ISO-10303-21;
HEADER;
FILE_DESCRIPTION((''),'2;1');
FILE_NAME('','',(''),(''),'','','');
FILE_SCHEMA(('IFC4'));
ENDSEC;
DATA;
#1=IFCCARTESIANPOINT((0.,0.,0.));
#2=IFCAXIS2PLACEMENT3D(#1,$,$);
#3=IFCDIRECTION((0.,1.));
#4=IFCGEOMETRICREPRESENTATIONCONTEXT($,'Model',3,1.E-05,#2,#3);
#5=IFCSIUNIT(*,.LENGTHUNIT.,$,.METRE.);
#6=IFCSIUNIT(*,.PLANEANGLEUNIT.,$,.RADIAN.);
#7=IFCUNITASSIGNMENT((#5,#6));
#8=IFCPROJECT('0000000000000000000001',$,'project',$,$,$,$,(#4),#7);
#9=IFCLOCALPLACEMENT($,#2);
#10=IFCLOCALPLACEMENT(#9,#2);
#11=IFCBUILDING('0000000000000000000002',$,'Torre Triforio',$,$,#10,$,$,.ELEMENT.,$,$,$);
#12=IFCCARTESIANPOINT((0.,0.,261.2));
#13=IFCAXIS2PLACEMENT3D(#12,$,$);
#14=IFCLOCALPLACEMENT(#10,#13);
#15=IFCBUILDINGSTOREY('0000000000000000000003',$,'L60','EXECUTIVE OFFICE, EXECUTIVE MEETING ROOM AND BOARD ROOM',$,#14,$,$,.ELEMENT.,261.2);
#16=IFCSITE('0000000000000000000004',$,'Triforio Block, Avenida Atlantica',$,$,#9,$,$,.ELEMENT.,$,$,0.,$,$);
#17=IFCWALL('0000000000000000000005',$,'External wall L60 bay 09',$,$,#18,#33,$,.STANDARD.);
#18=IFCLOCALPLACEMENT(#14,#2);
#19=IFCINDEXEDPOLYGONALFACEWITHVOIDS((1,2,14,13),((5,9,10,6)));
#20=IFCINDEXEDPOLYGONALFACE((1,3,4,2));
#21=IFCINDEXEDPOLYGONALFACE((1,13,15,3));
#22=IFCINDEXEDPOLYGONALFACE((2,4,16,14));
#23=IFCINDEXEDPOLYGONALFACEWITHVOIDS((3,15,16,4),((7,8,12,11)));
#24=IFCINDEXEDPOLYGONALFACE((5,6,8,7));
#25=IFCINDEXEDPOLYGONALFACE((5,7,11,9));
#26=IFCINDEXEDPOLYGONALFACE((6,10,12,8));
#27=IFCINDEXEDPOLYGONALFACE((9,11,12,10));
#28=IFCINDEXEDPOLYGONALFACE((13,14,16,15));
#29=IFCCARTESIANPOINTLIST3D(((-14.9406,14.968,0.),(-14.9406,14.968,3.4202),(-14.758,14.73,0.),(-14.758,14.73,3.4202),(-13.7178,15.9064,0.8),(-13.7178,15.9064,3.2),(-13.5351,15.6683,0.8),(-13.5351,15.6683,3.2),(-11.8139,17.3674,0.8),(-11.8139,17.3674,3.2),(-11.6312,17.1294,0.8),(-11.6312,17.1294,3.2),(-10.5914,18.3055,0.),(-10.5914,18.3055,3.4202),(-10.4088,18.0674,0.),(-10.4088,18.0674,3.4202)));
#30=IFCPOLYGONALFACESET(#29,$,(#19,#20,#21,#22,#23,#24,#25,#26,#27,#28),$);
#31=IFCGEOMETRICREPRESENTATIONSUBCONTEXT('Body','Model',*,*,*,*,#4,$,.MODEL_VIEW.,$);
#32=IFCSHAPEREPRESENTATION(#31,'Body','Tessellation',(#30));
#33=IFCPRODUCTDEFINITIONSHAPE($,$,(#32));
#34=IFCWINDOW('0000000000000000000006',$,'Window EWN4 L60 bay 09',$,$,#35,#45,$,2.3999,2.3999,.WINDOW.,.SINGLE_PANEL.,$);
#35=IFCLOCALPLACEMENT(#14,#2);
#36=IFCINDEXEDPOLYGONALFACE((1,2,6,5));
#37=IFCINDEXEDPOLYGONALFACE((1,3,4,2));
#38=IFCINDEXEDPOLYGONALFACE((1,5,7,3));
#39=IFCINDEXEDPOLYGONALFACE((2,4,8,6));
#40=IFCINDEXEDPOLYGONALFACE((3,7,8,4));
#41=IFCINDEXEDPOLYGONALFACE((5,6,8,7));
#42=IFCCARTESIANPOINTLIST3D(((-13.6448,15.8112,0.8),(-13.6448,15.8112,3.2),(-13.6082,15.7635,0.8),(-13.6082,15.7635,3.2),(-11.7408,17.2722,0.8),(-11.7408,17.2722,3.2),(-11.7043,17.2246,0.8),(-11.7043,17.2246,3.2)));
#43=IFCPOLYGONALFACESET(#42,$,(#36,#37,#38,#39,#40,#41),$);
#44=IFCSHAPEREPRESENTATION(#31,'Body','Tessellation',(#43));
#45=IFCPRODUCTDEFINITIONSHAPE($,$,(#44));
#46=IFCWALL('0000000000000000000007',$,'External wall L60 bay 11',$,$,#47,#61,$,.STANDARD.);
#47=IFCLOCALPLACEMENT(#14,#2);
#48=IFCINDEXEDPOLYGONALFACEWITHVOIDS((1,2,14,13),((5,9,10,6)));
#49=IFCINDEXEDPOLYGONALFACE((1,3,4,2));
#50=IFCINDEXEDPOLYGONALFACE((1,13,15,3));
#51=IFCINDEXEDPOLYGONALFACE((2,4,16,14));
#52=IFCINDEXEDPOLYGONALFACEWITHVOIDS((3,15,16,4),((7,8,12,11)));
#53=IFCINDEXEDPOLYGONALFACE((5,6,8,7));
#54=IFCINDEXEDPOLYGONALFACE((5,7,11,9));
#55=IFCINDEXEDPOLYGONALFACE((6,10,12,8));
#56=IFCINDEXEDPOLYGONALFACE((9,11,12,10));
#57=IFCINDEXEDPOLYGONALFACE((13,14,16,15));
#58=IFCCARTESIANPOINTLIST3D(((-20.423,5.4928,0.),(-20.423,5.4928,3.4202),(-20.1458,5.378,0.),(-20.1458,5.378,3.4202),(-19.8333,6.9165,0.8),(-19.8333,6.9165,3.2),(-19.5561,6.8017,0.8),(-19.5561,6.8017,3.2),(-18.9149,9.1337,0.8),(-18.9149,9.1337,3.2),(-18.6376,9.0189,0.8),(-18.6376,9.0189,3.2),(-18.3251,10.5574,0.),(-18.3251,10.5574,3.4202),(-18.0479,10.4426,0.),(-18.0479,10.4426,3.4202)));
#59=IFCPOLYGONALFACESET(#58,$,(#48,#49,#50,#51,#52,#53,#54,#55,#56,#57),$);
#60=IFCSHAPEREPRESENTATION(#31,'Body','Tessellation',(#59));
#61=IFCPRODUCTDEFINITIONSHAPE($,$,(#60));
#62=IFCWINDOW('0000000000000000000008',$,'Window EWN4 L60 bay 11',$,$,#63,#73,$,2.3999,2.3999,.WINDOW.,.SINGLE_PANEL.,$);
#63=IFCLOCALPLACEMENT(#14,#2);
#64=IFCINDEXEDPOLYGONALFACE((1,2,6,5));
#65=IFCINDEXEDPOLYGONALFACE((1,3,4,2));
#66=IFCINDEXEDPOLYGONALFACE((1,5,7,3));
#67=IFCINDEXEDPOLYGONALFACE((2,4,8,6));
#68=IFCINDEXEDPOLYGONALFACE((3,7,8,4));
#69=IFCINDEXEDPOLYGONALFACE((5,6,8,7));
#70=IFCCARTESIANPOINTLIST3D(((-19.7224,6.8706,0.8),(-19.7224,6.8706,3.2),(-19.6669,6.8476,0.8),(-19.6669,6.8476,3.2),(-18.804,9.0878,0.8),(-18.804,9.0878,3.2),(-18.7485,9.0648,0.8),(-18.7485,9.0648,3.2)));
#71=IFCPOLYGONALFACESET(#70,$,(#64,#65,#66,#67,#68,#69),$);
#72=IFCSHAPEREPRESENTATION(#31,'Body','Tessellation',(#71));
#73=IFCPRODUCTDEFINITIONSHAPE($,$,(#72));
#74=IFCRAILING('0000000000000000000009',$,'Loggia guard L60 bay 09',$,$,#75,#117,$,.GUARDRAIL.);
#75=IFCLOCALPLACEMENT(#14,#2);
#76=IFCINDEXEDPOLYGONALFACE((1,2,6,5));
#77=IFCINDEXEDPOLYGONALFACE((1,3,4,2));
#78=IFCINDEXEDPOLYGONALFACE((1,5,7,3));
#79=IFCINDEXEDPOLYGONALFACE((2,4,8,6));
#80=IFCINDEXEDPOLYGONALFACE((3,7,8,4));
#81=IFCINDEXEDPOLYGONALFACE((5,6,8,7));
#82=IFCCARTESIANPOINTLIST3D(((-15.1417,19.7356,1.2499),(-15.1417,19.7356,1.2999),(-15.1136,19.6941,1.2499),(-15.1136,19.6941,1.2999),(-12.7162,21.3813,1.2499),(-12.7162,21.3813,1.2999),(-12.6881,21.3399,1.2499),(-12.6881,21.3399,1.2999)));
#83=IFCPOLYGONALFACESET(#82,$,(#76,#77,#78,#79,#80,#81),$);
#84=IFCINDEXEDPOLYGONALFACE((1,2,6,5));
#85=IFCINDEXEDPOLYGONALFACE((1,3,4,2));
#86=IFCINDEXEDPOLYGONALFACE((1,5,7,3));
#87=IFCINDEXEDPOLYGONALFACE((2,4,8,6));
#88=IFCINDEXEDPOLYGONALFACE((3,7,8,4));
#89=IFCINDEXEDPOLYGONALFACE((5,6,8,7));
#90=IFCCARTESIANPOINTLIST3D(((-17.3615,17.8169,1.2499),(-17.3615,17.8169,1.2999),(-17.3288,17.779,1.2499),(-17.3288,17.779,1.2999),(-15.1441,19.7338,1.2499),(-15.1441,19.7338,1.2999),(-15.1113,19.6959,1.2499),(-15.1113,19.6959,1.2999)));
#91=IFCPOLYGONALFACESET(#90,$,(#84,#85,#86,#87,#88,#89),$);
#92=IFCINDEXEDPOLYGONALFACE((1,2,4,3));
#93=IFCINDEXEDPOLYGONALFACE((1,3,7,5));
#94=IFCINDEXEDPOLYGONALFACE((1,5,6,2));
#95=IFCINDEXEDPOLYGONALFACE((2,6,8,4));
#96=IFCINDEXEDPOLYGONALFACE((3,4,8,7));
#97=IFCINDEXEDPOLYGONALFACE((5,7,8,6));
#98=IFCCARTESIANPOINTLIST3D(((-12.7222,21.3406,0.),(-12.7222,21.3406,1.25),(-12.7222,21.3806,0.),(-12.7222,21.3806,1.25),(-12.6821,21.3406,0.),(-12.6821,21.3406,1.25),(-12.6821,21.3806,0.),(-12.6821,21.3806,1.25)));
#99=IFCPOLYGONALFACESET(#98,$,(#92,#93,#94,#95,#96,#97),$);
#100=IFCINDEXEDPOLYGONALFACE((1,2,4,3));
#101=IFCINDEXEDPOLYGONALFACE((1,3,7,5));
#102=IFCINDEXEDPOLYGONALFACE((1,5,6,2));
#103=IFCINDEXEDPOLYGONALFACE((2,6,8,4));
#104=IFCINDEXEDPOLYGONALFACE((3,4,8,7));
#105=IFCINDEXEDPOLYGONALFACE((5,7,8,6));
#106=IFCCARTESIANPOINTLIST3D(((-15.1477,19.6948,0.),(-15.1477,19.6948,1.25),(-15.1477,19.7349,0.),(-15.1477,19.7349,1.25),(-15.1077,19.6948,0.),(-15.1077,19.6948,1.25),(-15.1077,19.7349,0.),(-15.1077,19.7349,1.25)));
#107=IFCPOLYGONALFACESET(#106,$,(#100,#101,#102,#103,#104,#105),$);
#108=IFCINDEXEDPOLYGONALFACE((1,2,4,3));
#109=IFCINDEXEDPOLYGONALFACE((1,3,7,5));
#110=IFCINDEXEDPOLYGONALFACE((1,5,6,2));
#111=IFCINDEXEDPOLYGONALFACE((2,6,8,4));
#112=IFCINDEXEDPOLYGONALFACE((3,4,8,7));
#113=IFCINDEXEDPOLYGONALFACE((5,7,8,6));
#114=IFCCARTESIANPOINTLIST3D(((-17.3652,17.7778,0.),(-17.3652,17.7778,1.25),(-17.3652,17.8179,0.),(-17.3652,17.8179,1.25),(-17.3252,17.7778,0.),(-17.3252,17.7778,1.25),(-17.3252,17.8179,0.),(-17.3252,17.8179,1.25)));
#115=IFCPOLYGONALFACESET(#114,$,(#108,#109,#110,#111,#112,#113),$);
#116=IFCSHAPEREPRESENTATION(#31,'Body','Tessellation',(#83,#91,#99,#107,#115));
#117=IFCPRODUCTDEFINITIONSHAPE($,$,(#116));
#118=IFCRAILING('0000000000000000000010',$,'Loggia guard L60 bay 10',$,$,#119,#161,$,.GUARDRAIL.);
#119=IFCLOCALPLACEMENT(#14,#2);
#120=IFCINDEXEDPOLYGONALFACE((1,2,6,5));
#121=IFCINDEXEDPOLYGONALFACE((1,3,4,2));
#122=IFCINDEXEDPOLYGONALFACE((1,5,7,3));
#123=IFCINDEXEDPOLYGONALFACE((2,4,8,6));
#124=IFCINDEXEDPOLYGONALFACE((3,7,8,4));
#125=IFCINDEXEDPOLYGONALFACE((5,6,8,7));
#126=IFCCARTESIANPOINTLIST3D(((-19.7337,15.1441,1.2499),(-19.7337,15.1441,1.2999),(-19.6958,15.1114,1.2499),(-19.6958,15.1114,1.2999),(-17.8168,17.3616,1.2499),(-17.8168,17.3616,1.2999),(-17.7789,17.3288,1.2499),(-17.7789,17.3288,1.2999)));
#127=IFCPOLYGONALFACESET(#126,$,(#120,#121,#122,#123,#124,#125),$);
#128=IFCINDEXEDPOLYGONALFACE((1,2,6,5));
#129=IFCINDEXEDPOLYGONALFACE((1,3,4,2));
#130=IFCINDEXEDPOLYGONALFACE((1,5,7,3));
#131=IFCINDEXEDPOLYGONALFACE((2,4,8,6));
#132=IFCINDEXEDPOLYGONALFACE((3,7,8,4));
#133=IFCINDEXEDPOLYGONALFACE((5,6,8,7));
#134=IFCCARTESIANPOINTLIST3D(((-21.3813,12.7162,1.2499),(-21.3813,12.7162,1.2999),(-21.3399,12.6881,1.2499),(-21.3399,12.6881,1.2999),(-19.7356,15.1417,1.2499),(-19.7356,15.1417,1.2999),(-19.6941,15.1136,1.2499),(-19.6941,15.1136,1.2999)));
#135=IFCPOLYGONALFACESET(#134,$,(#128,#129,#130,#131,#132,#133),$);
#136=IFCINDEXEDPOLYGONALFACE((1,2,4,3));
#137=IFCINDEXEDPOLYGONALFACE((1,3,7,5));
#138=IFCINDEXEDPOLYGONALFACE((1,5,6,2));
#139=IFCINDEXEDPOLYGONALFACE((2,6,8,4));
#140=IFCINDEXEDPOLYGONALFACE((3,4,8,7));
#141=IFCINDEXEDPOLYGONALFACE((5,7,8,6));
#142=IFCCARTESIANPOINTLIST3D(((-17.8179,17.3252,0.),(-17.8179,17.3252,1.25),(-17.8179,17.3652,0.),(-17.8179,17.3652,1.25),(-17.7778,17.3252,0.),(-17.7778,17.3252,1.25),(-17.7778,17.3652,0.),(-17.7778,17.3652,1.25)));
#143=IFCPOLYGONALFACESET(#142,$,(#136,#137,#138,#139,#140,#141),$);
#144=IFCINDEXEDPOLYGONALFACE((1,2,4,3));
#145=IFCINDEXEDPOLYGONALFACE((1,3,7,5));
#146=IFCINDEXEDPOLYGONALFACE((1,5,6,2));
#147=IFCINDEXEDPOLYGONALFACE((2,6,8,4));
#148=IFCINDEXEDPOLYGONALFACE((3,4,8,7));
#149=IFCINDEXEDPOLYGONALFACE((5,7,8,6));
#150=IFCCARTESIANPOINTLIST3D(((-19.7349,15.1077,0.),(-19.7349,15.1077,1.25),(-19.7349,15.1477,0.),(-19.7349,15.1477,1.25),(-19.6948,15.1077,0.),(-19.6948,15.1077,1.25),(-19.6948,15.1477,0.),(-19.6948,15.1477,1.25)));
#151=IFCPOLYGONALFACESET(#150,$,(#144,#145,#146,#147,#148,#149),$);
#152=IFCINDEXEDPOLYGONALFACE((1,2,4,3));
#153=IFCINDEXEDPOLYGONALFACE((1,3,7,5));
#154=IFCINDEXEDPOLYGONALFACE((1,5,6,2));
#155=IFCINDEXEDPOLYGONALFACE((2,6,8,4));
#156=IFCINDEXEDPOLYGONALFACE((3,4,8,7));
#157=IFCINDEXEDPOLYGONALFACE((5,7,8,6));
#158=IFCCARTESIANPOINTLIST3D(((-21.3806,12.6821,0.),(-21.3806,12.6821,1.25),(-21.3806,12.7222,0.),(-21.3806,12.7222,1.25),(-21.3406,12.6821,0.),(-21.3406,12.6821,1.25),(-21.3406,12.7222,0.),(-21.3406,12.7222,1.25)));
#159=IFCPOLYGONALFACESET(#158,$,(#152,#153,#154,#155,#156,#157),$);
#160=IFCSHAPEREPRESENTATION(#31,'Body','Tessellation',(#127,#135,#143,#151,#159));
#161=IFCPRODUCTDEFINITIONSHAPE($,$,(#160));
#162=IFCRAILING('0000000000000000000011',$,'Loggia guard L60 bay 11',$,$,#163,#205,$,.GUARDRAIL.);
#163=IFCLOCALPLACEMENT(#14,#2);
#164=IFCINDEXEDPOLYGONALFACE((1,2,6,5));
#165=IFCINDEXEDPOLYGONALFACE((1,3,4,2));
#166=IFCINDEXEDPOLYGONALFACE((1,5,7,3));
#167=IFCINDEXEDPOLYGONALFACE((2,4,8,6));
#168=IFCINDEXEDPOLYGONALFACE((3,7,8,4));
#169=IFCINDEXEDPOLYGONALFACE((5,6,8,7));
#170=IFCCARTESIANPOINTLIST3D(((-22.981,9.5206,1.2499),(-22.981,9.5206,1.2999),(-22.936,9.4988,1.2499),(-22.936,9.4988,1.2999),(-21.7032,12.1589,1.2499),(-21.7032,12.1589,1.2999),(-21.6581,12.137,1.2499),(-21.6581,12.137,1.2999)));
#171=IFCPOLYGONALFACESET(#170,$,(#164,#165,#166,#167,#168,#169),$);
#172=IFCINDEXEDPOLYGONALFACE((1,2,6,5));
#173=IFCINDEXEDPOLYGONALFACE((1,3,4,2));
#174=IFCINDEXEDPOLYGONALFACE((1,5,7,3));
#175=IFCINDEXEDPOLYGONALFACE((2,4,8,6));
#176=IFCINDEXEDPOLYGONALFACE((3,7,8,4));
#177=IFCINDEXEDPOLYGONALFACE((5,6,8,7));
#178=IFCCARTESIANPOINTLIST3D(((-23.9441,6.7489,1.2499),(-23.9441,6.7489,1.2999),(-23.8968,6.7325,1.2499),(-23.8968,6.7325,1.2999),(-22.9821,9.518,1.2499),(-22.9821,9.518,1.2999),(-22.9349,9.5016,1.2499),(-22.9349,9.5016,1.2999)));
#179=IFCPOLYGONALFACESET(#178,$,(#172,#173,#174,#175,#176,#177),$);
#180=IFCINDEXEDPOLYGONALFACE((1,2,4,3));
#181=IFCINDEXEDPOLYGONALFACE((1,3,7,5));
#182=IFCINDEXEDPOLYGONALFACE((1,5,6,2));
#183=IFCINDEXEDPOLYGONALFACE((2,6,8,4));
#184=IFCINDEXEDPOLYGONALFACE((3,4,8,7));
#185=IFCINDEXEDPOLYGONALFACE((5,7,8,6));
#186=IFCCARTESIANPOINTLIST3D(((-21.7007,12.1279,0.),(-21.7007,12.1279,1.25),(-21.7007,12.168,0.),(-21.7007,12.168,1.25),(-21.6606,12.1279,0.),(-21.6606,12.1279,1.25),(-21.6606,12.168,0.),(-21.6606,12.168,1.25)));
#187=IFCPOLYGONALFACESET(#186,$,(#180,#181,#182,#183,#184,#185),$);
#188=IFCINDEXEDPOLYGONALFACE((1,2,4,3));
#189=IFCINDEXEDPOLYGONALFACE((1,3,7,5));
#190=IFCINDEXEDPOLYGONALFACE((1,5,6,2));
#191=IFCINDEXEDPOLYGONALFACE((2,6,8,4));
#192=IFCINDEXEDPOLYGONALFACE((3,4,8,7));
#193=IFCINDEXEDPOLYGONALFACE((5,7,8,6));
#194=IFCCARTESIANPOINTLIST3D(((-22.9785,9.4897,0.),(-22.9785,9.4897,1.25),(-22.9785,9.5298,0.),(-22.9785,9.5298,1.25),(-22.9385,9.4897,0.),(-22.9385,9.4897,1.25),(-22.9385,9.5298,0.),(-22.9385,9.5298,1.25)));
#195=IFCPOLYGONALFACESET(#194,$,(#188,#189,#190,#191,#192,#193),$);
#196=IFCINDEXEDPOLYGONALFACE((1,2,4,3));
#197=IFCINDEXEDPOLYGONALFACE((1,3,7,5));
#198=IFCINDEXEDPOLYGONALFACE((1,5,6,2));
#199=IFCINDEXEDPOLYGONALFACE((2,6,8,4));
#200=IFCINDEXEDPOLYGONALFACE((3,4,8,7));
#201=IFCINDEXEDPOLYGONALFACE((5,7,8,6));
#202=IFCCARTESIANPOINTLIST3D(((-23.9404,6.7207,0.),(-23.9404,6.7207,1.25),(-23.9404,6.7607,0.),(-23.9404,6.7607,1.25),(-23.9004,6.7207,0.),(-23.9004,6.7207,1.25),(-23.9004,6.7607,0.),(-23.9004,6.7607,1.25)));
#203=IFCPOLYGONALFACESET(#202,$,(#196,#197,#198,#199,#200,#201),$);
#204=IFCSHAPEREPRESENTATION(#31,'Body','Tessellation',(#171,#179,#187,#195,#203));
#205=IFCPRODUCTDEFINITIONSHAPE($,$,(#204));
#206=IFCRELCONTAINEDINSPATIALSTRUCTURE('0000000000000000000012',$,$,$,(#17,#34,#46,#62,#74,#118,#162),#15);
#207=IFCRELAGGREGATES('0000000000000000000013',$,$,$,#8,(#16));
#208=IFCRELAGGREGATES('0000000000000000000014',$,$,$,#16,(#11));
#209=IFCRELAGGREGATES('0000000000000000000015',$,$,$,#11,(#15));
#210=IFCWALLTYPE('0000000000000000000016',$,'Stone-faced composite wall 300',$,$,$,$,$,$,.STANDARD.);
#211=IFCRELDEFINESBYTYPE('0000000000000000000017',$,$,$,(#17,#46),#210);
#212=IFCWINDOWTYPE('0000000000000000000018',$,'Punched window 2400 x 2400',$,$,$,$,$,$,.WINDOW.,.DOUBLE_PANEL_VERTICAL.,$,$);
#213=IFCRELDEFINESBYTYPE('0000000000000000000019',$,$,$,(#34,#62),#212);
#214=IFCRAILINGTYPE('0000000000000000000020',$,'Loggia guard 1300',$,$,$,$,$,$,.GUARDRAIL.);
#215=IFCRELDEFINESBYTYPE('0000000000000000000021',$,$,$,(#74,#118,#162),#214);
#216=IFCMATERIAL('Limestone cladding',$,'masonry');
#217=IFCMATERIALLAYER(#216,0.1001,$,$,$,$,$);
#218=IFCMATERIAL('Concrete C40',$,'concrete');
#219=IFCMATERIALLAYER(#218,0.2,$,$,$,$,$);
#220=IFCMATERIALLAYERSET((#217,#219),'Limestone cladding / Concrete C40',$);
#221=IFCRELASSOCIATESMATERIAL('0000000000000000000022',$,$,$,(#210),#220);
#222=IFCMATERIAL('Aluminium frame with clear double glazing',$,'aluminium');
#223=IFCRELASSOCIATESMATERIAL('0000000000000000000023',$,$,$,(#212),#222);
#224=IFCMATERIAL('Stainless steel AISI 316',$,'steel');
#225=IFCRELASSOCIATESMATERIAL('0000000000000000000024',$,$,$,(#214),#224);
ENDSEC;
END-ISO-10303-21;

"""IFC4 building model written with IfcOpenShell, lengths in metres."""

from ifc_helpers import new_model, si_unit, direction, frame, frame_2d, origin, origin_2d, place, context, subcontext, project, spatial, rectangle, extrude, material, layer, layer_set, type_object, element, fill, save


model = new_model("IFC4")

# Units and contexts
model_context = context("Model", 3, precision=1e-05, world=origin(), true_north=direction((0.0, 1.0)))
body_context = subcontext(model_context, "Body", "Model", "MODEL_VIEW")
ifc_project = project(units=[si_unit("LENGTHUNIT", "METRE"), si_unit("PLANEANGLEUNIT", "RADIAN")], contexts=[model_context])

# Site, building, storey
site_placement = place(None, origin())
site = spatial("IfcSite", under=ifc_project, at=site_placement, Name="Triforio Block, Avenida Atlantica", CompositionType="ELEMENT", RefElevation=0.0)
building_placement = place(site_placement, origin())
building = spatial("IfcBuilding", under=site, at=building_placement, Name="Torre Triforio", CompositionType="ELEMENT")
storey_placement = place(building_placement, frame((0.0, 0.0, 261.2)))
storey = spatial("IfcBuildingStorey", under=building, at=storey_placement, Name="L60", Description="EXECUTIVE OFFICE, EXECUTIVE MEETING ROOM AND BOARD ROOM", CompositionType="ELEMENT", Elevation=261.2)

# Shared definitions
ifc_material_1 = material(Name="Concrete C40", Category="concrete")

# Shared definitions
ifc_material_2 = material(Name="Limestone cladding", Category="masonry")

# Wall, opening, window
ifc_layer_1 = layer(ifc_material_2, 0.1001)
ifc_layer_2 = layer(ifc_material_1, 0.2)
ifc_layer_set_1 = layer_set([ifc_layer_1, ifc_layer_2], Name="Limestone cladding / Concrete C40")
wall_type_1 = type_object("IfcWallType", Name="Stone-faced composite wall 300", PredefinedType="STANDARD", material=ifc_layer_set_1)
wall_1_placement = place(storey_placement, frame((-10.5, 18.1865, 0.0), z_axis=(0.0, 0.0, 1.0), x_axis=(-0.793335, -0.608785, 0.0)))
wall_1 = element("IfcWall", 1, at=wall_1_placement, inside=storey, type_object=wall_type_1, Name="External wall L60 bay 09", PredefinedType="STANDARD", context=body_context, shape_type="SweptSolid", body=[
    extrude(rectangle(XDim=5.4822, YDim=0.3, at=frame_2d((2.7412, 0.0))), origin(), (0.0, 0.0, 1.0), 3.4202),
])
opening_1_placement = place(wall_1_placement, frame((1.541, 0.0, 0.8)))
opening_1 = element("IfcOpeningElement", 2, at=opening_1_placement, cuts=wall_1, PredefinedType="OPENING", context=body_context, shape_type="SweptSolid", body=[
    extrude(rectangle(XDim=2.3999, YDim=2.3999, at=frame_2d((1.2, 1.2))), frame((0.0, 0.1599, 0.0), z_axis=(0.0, -1.0, 0.0), x_axis=(1.0, 0.0, 0.0)), (0.0, 0.0, 1.0), 0.3201),
])
ifc_material_3 = material(Name="Aluminium frame with clear double glazing", Category="aluminium")
window_type_1 = type_object("IfcWindowType", Name="Punched window 2400 x 2400", PartitioningType="DOUBLE_PANEL_VERTICAL", PredefinedType="WINDOW", material=ifc_material_3)
window_1_placement = place(opening_1_placement, origin())
window_1 = element("IfcWindow", 3, at=window_1_placement, inside=storey, type_object=window_type_1, Name="Window EWN4 L60 bay 09", OverallHeight=2.3999, OverallWidth=2.3999, PartitioningType="SINGLE_PANEL", PredefinedType="WINDOW", context=body_context, shape_type="SweptSolid", body=[
    extrude(rectangle(XDim=2.3999, YDim=2.3999, at=frame_2d((1.2, 1.2))), frame((0.0, 0.03, 0.0), z_axis=(0.0, -1.0, 0.0), x_axis=(1.0, 0.0, 0.0)), (0.0, 0.0, 1.0), 0.0601),
])
fill(opening_1, window_1)

# Wall, opening, window
wall_2_placement = place(storey_placement, frame((-18.1865, 10.5, 0.0), z_axis=(0.0, 0.0, 1.0), x_axis=(-0.382689, -0.923877, 0.0)))
wall_2 = element("IfcWall", 4, at=wall_2_placement, inside=storey, type_object=wall_type_1, Name="External wall L60 bay 11", PredefinedType="STANDARD", context=body_context, shape_type="SweptSolid", body=[
    extrude(rectangle(XDim=5.4819, YDim=0.3, at=frame_2d((2.741, 0.0))), origin(), (0.0, 0.0, 1.0), 3.4202),
])
opening_2_placement = place(wall_2_placement, frame((1.541, 0.0, 0.8)))
opening_2 = element("IfcOpeningElement", 5, at=opening_2_placement, cuts=wall_2, PredefinedType="OPENING", context=body_context, shape_type="SweptSolid", body=[
    extrude(rectangle(XDim=2.3999, YDim=2.3999, at=frame_2d((1.2, 1.2))), frame((0.0, 0.1599, 0.0), z_axis=(0.0, -1.0, 0.0), x_axis=(1.0, 0.0, 0.0)), (0.0, 0.0, 1.0), 0.3201),
])
window_2_placement = place(opening_2_placement, origin())
window_2 = element("IfcWindow", 6, at=window_2_placement, inside=storey, type_object=window_type_1, Name="Window EWN4 L60 bay 11", OverallHeight=2.3999, OverallWidth=2.3999, PartitioningType="SINGLE_PANEL", PredefinedType="WINDOW", context=body_context, shape_type="SweptSolid", body=[
    extrude(rectangle(XDim=2.3999, YDim=2.3999, at=frame_2d((1.2, 1.2))), frame((0.0, 0.03, 0.0), z_axis=(0.0, -1.0, 0.0), x_axis=(1.0, 0.0, 0.0)), (0.0, 0.0, 1.0), 0.0601),
])
fill(opening_2, window_2)

# Railings
ifc_material_4 = material(Name="Stainless steel AISI 316", Category="steel")
railing_type = type_object("IfcRailingType", Name="Loggia guard 1300", PredefinedType="GUARDRAIL", material=ifc_material_4)
railing_1_placement = place(storey_placement, frame((-12.7021, 21.3606, 0.0)))
element("IfcRailing", 7, at=railing_1_placement, inside=storey, type_object=railing_type, Name="Loggia guard L60 bay 09", PredefinedType="GUARDRAIL", context=body_context, shape_type="SweptSolid", body=[
    extrude(rectangle(XDim=0.05, YDim=0.05, at=origin_2d()), frame((0.0, 0.0, 1.2749), z_axis=(-0.827499, -0.561467, 0.0), x_axis=(0.561467, -0.827499, 0.0)), (0.0, 0.0, 1.0), 2.9312),
    extrude(rectangle(XDim=0.05, YDim=0.05, at=origin_2d()), frame((-2.4255, -1.6458, 1.2749), z_axis=(-0.75651, -0.653982, 0.0), x_axis=(0.653982, -0.75651, 0.0)), (0.0, 0.0, 1.0), 2.9312),
    extrude(rectangle(XDim=0.04, YDim=0.04, at=origin_2d()), origin(), (0.0, 0.0, 1.0), 1.25),
    extrude(rectangle(XDim=0.04, YDim=0.04, at=origin_2d()), frame((-2.4255, -1.6458, 0.0)), (0.0, 0.0, 1.0), 1.25),
    extrude(rectangle(XDim=0.04, YDim=0.04, at=origin_2d()), frame((-4.6431, -3.5627, 0.0)), (0.0, 0.0, 1.0), 1.25),
])
railing_2_placement = place(storey_placement, frame((-17.7979, 17.3452, 0.0)))
element("IfcRailing", 8, at=railing_2_placement, inside=storey, type_object=railing_type, Name="Loggia guard L60 bay 10", PredefinedType="GUARDRAIL", context=body_context, shape_type="SweptSolid", body=[
    extrude(rectangle(XDim=0.05, YDim=0.05, at=origin_2d()), frame((0.0, 0.0, 1.2749), z_axis=(-0.653982, -0.75651, 0.0), x_axis=(0.75651, -0.653982, 0.0)), (0.0, 0.0, 1.0), 2.9312),
    extrude(rectangle(XDim=0.05, YDim=0.05, at=origin_2d()), frame((-1.917, -2.2175, 1.2749), z_axis=(-0.561467, -0.827499, 0.0), x_axis=(0.827499, -0.561467, 0.0)), (0.0, 0.0, 1.0), 2.9312),
    extrude(rectangle(XDim=0.04, YDim=0.04, at=origin_2d()), origin(), (0.0, 0.0, 1.0), 1.25),
    extrude(rectangle(XDim=0.04, YDim=0.04, at=origin_2d()), frame((-1.917, -2.2175, 0.0)), (0.0, 0.0, 1.0), 1.25),
    extrude(rectangle(XDim=0.04, YDim=0.04, at=origin_2d()), frame((-3.5627, -4.6431, 0.0)), (0.0, 0.0, 1.0), 1.25),
])
railing_3_placement = place(storey_placement, frame((-21.6807, 12.1479, 0.0)))
element("IfcRailing", 9, at=railing_3_placement, inside=storey, type_object=railing_type, Name="Loggia guard L60 bay 11", PredefinedType="GUARDRAIL", context=body_context, shape_type="SweptSolid", body=[
    extrude(rectangle(XDim=0.05, YDim=0.05, at=origin_2d()), frame((0.0, 0.0, 1.2749), z_axis=(-0.435918, -0.899986, 0.0), x_axis=(0.899986, -0.435918, 0.0)), (0.0, 0.0, 1.0), 2.9314),
    extrude(rectangle(XDim=0.05, YDim=0.05, at=origin_2d()), frame((-1.2778, -2.6382, 1.2749), z_axis=(-0.328146, -0.944627, 0.0), x_axis=(0.944627, -0.328146, 0.0)), (0.0, 0.0, 1.0), 2.9314),
    extrude(rectangle(XDim=0.04, YDim=0.04, at=origin_2d()), origin(), (0.0, 0.0, 1.0), 1.25),
    extrude(rectangle(XDim=0.04, YDim=0.04, at=origin_2d()), frame((-1.2778, -2.6382, 0.0)), (0.0, 0.0, 1.0), 1.25),
    extrude(rectangle(XDim=0.04, YDim=0.04, at=origin_2d()), frame((-2.2397, -5.4072, 0.0)), (0.0, 0.0, 1.0), 1.25),
])

save(model, "model.ifc")
